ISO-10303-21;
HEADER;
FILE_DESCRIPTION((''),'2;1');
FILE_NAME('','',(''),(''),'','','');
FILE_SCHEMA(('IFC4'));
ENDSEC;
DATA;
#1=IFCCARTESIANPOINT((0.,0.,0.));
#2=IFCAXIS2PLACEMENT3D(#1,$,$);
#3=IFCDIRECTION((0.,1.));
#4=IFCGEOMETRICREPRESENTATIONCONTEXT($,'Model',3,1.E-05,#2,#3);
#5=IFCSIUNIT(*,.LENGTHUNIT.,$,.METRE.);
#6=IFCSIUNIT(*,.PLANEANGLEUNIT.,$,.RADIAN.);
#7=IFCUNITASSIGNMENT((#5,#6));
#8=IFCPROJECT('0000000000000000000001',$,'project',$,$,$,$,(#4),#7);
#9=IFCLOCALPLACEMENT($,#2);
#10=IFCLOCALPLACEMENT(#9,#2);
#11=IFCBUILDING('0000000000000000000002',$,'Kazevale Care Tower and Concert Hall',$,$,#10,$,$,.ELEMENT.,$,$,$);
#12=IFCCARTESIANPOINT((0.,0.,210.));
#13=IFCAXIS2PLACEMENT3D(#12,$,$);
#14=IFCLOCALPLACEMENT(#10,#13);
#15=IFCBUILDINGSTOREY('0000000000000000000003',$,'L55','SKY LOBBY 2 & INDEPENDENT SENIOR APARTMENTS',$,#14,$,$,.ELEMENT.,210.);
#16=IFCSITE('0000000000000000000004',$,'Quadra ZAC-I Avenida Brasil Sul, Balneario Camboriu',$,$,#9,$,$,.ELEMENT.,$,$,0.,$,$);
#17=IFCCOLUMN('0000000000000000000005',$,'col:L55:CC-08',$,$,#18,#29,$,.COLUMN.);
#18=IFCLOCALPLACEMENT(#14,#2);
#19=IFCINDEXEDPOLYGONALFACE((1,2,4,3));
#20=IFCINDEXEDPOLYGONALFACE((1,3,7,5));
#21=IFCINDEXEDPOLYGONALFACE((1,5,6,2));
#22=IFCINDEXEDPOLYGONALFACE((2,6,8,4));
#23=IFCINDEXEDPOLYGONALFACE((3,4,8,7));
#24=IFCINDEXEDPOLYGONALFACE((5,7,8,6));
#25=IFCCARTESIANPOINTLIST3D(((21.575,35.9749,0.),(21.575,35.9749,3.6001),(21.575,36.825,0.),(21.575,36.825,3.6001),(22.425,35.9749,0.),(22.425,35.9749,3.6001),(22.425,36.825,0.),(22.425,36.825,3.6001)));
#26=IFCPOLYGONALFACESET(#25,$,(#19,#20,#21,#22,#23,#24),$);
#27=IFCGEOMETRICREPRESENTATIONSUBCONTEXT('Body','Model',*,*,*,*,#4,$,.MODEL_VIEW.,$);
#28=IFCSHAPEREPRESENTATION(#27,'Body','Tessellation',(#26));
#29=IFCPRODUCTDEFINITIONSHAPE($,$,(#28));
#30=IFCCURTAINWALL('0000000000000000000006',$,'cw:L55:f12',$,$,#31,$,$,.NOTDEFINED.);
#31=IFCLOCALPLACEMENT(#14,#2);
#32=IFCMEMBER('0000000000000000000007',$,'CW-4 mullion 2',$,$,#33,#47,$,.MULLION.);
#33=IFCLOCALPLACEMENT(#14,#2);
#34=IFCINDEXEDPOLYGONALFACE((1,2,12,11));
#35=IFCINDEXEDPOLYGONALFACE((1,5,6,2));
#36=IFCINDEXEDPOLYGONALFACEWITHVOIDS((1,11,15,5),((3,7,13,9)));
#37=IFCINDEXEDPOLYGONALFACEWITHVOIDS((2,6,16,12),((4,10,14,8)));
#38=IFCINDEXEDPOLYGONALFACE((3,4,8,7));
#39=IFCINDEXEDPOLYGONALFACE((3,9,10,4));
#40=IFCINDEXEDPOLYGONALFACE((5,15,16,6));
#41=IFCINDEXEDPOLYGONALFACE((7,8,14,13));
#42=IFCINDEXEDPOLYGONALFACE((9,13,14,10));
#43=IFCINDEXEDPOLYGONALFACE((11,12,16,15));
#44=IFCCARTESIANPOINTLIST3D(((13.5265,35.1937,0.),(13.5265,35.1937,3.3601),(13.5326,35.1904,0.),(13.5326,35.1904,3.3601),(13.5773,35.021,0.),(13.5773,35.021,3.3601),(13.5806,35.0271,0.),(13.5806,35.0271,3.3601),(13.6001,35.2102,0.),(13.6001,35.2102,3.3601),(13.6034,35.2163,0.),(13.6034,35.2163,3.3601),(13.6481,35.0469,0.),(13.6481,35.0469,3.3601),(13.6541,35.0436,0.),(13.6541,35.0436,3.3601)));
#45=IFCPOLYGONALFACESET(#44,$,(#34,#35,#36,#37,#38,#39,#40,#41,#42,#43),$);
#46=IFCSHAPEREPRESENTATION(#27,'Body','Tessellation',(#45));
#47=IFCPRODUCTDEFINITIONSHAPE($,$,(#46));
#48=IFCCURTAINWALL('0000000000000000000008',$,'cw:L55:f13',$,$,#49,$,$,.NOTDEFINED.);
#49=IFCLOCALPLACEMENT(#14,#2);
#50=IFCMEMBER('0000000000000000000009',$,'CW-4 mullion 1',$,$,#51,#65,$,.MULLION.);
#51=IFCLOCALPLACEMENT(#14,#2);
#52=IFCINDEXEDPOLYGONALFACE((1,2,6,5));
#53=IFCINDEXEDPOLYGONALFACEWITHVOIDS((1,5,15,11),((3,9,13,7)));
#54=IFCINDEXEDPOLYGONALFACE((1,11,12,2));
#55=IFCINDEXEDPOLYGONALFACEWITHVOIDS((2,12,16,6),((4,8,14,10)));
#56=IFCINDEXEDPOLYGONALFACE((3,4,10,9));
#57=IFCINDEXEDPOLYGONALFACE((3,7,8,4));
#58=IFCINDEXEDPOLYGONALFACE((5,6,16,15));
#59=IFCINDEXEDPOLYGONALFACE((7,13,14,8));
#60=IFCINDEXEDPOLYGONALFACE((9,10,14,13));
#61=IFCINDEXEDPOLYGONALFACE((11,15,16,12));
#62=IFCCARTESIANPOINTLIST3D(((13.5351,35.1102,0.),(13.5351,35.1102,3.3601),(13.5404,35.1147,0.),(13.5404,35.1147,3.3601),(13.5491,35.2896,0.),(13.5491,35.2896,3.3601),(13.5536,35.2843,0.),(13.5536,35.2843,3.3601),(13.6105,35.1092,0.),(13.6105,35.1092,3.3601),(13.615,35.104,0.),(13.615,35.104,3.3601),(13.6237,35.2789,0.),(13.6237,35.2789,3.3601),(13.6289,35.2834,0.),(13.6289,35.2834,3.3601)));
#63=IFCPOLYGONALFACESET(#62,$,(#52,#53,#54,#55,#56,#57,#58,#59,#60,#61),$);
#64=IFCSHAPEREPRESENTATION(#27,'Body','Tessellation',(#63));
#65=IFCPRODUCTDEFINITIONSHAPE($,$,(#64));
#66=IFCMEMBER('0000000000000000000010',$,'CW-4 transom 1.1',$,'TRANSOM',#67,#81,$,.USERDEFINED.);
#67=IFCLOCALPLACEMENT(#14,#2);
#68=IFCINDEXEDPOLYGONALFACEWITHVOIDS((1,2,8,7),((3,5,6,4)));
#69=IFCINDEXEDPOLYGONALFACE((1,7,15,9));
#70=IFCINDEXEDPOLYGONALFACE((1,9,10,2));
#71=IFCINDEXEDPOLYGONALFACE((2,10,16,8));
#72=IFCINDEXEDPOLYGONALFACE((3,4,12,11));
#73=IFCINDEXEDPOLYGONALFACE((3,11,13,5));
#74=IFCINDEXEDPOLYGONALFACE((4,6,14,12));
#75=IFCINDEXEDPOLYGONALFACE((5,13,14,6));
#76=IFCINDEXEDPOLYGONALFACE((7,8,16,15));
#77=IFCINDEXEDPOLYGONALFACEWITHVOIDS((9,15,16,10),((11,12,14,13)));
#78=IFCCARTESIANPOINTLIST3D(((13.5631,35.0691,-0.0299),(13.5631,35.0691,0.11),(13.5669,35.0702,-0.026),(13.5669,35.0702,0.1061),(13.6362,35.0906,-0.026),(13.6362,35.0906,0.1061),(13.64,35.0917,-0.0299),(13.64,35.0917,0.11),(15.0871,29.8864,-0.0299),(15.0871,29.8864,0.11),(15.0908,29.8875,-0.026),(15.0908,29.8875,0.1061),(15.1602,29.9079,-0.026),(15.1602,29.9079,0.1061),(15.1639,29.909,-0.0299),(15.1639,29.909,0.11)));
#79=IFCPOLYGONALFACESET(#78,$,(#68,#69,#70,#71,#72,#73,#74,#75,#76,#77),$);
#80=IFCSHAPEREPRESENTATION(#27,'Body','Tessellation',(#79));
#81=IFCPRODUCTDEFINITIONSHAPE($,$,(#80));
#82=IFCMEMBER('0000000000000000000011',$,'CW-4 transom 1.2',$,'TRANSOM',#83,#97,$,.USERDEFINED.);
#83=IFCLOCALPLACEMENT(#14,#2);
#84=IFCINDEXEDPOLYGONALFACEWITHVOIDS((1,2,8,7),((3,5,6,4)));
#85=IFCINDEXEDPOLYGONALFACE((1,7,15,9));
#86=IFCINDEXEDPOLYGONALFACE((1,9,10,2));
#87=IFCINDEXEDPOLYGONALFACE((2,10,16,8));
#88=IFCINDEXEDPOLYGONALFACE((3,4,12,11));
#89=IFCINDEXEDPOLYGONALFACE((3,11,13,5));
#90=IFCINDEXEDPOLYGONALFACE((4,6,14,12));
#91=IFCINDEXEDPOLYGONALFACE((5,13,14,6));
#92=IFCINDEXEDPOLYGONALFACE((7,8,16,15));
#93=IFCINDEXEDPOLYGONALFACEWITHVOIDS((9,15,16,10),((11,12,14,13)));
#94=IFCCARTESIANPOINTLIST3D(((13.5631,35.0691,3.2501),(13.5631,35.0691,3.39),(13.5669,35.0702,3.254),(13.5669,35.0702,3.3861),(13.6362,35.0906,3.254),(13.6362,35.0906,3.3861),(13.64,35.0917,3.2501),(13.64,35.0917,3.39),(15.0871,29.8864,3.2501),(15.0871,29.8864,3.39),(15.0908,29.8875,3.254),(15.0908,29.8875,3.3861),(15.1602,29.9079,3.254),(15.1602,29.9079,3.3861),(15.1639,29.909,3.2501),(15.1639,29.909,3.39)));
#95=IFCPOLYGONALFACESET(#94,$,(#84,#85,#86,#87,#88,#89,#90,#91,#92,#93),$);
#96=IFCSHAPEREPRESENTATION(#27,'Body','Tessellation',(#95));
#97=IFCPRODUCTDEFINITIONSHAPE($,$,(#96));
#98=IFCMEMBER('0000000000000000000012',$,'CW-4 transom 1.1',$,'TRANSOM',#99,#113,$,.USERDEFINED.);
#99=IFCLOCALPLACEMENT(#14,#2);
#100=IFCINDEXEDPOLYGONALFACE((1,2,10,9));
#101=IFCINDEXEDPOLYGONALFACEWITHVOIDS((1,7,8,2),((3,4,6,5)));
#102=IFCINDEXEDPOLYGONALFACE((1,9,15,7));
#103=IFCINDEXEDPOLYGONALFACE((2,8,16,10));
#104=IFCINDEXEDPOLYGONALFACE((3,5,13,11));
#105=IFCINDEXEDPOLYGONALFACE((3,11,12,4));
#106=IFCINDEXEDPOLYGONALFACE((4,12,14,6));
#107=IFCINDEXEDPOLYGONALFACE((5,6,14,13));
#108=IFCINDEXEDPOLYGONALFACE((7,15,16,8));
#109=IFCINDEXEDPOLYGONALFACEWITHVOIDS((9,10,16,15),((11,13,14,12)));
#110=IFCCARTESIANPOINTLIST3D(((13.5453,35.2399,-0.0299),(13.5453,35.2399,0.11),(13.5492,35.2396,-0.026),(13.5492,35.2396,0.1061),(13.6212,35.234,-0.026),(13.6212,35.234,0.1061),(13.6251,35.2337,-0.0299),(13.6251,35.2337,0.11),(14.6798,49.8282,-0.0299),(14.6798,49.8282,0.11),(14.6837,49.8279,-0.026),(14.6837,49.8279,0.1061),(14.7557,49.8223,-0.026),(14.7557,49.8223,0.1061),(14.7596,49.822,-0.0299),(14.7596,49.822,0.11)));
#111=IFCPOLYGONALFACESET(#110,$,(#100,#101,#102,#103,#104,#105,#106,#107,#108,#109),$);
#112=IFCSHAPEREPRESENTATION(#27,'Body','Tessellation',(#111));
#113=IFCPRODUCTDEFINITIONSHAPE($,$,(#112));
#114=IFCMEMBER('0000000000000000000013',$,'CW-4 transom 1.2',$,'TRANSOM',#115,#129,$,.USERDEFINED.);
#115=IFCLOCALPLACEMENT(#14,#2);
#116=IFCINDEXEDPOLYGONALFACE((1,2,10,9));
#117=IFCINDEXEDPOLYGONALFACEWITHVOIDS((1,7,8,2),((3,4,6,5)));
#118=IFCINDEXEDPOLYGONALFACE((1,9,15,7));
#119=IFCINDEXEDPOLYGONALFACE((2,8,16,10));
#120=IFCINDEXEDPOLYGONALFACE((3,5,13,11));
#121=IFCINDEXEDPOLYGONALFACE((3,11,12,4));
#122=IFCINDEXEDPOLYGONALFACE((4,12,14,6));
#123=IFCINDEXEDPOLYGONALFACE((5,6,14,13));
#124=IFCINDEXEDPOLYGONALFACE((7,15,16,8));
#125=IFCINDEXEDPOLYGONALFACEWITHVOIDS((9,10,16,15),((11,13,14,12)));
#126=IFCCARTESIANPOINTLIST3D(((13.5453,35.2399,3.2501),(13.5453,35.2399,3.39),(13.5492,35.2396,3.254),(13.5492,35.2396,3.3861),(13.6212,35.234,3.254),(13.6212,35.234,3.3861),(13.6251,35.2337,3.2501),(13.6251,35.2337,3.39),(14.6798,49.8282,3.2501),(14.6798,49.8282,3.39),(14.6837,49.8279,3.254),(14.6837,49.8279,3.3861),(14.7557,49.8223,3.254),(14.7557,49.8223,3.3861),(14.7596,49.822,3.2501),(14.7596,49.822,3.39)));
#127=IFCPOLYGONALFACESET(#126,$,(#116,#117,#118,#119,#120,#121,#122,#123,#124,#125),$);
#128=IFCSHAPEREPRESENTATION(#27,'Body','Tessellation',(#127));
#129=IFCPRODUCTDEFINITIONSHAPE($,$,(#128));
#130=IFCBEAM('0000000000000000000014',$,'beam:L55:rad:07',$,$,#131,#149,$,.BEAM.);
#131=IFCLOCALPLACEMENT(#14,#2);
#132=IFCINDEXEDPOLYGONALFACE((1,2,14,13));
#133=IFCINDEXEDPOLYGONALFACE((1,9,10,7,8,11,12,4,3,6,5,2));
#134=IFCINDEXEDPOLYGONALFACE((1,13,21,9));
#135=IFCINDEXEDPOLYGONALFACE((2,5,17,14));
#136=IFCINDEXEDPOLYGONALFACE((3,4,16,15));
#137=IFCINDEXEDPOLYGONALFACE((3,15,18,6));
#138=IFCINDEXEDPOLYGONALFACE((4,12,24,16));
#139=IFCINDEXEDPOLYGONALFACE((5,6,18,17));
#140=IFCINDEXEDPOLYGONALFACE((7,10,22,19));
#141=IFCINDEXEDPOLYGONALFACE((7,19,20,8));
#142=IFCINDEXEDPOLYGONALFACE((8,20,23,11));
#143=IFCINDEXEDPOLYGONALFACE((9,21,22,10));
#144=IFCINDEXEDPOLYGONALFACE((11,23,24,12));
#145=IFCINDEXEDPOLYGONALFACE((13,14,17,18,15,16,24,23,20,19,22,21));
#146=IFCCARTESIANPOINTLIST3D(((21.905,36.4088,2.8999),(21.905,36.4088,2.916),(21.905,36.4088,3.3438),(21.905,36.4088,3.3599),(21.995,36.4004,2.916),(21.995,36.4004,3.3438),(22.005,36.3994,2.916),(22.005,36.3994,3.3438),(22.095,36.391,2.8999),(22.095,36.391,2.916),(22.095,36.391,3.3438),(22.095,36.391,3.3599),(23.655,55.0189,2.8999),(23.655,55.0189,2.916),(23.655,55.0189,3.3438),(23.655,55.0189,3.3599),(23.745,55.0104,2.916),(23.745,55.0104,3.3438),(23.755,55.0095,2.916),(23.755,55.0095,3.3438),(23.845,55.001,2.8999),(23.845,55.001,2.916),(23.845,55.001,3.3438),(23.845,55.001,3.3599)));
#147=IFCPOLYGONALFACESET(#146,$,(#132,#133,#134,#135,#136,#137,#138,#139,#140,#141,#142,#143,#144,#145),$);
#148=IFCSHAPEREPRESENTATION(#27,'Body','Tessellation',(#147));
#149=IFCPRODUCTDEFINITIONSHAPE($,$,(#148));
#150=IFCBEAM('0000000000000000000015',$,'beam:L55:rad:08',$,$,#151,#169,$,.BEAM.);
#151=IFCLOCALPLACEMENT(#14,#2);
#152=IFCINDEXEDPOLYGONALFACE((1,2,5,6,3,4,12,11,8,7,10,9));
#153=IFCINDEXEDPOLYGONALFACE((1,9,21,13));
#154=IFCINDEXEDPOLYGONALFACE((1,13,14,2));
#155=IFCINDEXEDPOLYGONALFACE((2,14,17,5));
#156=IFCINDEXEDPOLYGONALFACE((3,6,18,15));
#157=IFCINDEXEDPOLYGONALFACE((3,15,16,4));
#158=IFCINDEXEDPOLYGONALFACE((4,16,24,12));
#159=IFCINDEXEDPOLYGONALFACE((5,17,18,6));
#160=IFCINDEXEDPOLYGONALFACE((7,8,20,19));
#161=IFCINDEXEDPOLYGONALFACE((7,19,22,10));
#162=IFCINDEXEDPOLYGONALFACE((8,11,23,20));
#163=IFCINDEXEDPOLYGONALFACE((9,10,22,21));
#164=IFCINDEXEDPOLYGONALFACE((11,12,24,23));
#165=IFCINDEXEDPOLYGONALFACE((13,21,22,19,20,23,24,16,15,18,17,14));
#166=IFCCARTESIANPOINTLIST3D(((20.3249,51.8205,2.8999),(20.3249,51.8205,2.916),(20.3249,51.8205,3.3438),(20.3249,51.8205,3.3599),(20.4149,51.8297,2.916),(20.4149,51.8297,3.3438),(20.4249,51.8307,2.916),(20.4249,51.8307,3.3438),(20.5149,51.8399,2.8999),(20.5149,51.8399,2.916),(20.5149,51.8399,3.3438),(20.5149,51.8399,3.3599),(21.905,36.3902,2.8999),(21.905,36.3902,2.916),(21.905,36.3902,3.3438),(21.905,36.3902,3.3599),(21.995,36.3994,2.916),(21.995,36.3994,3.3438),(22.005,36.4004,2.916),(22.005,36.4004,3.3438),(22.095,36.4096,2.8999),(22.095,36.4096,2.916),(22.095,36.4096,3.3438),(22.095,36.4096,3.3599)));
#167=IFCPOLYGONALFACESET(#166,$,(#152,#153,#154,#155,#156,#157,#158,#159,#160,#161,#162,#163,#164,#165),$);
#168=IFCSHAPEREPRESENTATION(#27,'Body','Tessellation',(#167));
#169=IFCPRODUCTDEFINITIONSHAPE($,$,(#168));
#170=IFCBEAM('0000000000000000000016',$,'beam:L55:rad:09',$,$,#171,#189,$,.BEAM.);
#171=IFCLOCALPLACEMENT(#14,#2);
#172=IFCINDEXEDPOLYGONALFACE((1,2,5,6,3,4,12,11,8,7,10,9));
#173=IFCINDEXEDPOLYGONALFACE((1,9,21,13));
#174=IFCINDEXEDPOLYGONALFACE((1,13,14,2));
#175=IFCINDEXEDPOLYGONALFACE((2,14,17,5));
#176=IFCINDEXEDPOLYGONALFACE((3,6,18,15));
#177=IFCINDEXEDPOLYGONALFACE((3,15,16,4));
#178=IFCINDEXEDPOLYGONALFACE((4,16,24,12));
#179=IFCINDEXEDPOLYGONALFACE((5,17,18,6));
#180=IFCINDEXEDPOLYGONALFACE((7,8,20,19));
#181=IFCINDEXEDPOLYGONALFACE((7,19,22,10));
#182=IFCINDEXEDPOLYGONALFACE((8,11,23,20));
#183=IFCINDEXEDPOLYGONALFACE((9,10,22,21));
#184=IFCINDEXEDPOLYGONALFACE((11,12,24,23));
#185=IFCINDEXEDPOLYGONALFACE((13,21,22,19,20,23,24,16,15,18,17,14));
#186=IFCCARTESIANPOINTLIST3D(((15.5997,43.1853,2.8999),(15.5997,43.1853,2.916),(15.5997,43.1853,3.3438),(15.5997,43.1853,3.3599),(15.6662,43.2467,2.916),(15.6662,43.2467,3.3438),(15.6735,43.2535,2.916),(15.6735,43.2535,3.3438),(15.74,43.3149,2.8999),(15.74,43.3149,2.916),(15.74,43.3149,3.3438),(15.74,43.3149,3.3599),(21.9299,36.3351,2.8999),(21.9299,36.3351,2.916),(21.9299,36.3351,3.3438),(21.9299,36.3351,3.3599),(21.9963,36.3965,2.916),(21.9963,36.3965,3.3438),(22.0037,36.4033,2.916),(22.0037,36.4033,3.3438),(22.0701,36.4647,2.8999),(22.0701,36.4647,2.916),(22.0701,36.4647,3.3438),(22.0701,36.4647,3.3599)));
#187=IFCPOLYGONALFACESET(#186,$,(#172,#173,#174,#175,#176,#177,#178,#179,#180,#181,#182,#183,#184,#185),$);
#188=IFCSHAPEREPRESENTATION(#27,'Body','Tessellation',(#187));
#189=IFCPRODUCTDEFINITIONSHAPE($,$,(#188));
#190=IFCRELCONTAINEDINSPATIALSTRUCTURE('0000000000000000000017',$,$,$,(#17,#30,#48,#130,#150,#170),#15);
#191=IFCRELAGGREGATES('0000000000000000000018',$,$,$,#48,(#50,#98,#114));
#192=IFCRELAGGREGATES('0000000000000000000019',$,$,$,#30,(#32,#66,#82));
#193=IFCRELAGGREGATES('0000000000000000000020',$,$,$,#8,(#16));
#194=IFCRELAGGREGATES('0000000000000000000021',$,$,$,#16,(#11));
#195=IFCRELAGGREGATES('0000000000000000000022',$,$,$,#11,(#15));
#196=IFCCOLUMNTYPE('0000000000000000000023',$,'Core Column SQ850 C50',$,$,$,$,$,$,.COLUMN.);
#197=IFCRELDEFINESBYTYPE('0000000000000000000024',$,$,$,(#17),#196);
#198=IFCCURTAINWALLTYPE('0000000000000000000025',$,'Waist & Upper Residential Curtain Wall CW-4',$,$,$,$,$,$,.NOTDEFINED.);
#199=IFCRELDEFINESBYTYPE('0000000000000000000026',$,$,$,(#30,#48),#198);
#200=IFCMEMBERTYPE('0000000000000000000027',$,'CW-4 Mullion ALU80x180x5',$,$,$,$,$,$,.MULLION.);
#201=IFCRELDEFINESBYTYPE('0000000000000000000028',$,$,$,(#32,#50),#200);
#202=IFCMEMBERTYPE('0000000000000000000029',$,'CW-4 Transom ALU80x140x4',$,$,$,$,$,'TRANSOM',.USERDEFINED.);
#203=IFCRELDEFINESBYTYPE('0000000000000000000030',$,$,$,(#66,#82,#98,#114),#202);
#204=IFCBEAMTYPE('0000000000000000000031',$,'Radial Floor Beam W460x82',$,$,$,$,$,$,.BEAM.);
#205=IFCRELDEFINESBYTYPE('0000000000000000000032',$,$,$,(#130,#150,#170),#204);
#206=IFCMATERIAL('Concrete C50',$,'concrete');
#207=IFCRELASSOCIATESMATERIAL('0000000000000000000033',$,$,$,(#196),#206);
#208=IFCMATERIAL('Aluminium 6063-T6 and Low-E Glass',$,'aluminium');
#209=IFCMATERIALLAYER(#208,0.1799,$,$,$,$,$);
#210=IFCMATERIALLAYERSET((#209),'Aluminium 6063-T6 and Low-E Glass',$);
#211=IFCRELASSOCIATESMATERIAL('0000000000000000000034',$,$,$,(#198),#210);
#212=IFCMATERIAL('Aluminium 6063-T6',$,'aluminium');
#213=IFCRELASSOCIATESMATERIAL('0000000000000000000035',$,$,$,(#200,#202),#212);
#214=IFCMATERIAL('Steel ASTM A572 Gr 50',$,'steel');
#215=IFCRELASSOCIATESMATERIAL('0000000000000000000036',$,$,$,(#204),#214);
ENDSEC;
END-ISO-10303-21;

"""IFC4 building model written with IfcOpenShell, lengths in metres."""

from ifc_helpers import new_model, si_unit, direction, frame, origin, origin_2d, place, context, subcontext, project, spatial, rectangle, hollow_rectangle, i_section, extrude, material, layer, layer_set, material_profile, profile_set, type_object, element, aggregate, save


model = new_model("IFC4")

# Units and contexts
model_context = context("Model", 3, precision=1e-05, world=origin(), true_north=direction((0.0, 1.0)))
body_context = subcontext(model_context, "Body", "Model", "MODEL_VIEW")
ifc_project = project(units=[si_unit("LENGTHUNIT", "METRE"), si_unit("PLANEANGLEUNIT", "RADIAN")], contexts=[model_context])

# Site, building, storey
site_placement = place(None, origin())
site = spatial("IfcSite", under=ifc_project, at=site_placement, Name="Quadra ZAC-I Avenida Brasil Sul, Balneario Camboriu", CompositionType="ELEMENT", RefElevation=0.0)
building_placement = place(site_placement, origin())
building = spatial("IfcBuilding", under=site, at=building_placement, Name="Kazevale Care Tower and Concert Hall", CompositionType="ELEMENT")
storey_placement = place(building_placement, frame((0.0, 0.0, 210.0)))
storey = spatial("IfcBuildingStorey", under=building, at=storey_placement, Name="L55", Description="SKY LOBBY 2 & INDEPENDENT SENIOR APARTMENTS", CompositionType="ELEMENT", Elevation=210.0)

# Column
ifc_material_1 = material(Name="Concrete C50", Category="concrete")
ifc_material_profile_1 = material_profile(ifc_material_1, rectangle(XDim=0.8501, YDim=0.8501, at=origin_2d()), Name="RC-SQ850")
ifc_profile_set_1 = profile_set([ifc_material_profile_1], Name="Concrete C50")
column_type = type_object("IfcColumnType", Name="Core Column SQ850 C50", PredefinedType="COLUMN", material=ifc_profile_set_1)
column_placement = place(storey_placement, frame((22.0, 36.3999, 0.0), z_axis=(0.0, 0.0, 1.0), x_axis=(1.0, 0.0, 0.0)))
element("IfcColumn", 1, at=column_placement, inside=storey, type_object=column_type, Name="col:L55:CC-08", PredefinedType="COLUMN", context=body_context, shape_type="SweptSolid", body=[
    extrude(rectangle(XDim=0.8501, YDim=0.8501, at=origin_2d()), origin(), (0.0, 0.0, 1.0), 3.6001),
])

# Curtain walls, members
ifc_material_2 = material(Name="Aluminium 6063-T6 and Low-E Glass", Category="aluminium")
ifc_layer_1 = layer(ifc_material_2, 0.1799)
ifc_layer_set_1 = layer_set([ifc_layer_1], Name="Aluminium 6063-T6 and Low-E Glass")
curtain_wall_type = type_object("IfcCurtainWallType", Name="Waist & Upper Residential Curtain Wall CW-4", PredefinedType="NOTDEFINED", material=ifc_layer_set_1)
curtain_wall_1_placement = place(storey_placement, origin())
curtain_wall_1 = element("IfcCurtainWall", 2, at=curtain_wall_1_placement, inside=storey, type_object=curtain_wall_type, Name="cw:L55:f12", PredefinedType="NOTDEFINED")
ifc_material_3 = material(Name="Aluminium 6063-T6", Category="aluminium")
ifc_material_profile_2 = material_profile(ifc_material_3, hollow_rectangle(XDim=0.0801, YDim=0.1799, WallThickness=0.0049, at=origin_2d()), Name="ALU80x180x5")
ifc_profile_set_2 = profile_set([ifc_material_profile_2], Name="Aluminium 6063-T6")
member_type_1 = type_object("IfcMemberType", Name="CW-4 Mullion ALU80x180x5", PredefinedType="MULLION", material=ifc_profile_set_2)
member_1_placement = place(storey_placement, frame((13.5903, 35.1187, 0.0), z_axis=(0.0, 0.0, 1.0), x_axis=(-0.959386, -0.282098, 0.0)))
member_1 = element("IfcMember", 3, at=member_1_placement, type_object=member_type_1, Name="CW-4 mullion 2", PredefinedType="MULLION", context=body_context, shape_type="SweptSolid", body=[
    extrude(hollow_rectangle(XDim=0.0801, YDim=0.1799, WallThickness=0.0049, at=origin_2d()), origin(), (0.0, 0.0, 1.0), 3.3601),
])
curtain_wall_2_placement = place(storey_placement, origin())
curtain_wall_2 = element("IfcCurtainWall", 4, at=curtain_wall_2_placement, inside=storey, type_object=curtain_wall_type, Name="cw:L55:f13", PredefinedType="NOTDEFINED")
member_2_placement = place(storey_placement, frame((13.582, 35.1968, 0.0), z_axis=(0.0, 0.0, 1.0), x_axis=(-0.996989, 0.077539, 0.0)))
member_2 = element("IfcMember", 5, at=member_2_placement, type_object=member_type_1, Name="CW-4 mullion 1", PredefinedType="MULLION", context=body_context, shape_type="SweptSolid", body=[
    extrude(hollow_rectangle(XDim=0.0801, YDim=0.1799, WallThickness=0.0049, at=origin_2d()), origin(), (0.0, 0.0, 1.0), 3.3601),
])

# Members
ifc_material_profile_3 = material_profile(ifc_material_3, hollow_rectangle(XDim=0.0801, YDim=0.1399, WallThickness=0.0039, at=origin_2d()), Name="ALU80x140x4")
ifc_profile_set_3 = profile_set([ifc_material_profile_3], Name="Aluminium 6063-T6")
member_type_2 = type_object("IfcMemberType", Name="CW-4 Transom ALU80x140x4", ElementType="TRANSOM", PredefinedType="USERDEFINED", material=ifc_profile_set_3)
member_3_placement = place(storey_placement, frame((15.1255, 29.8977, 0.04), z_axis=(-0.282103, 0.959384, 0.0), x_axis=(-0.959384, -0.282103, 0.0)))
member_3 = element("IfcMember", 6, at=member_3_placement, type_object=member_type_2, Name="CW-4 transom 1.1", ObjectType="TRANSOM", PredefinedType="USERDEFINED", context=body_context, shape_type="SweptSolid", body=[
    extrude(hollow_rectangle(XDim=0.0801, YDim=0.1399, WallThickness=0.0039, at=origin_2d()), origin(), (0.0, 0.0, 1.0), 5.4021),
])
member_4_placement = place(storey_placement, frame((15.1255, 29.8977, 3.3201), z_axis=(-0.282103, 0.959384, 0.0), x_axis=(-0.959384, -0.282103, 0.0)))
member_4 = element("IfcMember", 7, at=member_4_placement, type_object=member_type_2, Name="CW-4 transom 1.2", ObjectType="TRANSOM", PredefinedType="USERDEFINED", context=body_context, shape_type="SweptSolid", body=[
    extrude(hollow_rectangle(XDim=0.0801, YDim=0.1399, WallThickness=0.0039, at=origin_2d()), origin(), (0.0, 0.0, 1.0), 5.4021),
])
member_5_placement = place(storey_placement, frame((13.5852, 35.2368, 0.04), z_axis=(0.077535, 0.99699, 0.0), x_axis=(-0.99699, 0.077535, 0.0)))
member_5 = element("IfcMember", 8, at=member_5_placement, type_object=member_type_2, Name="CW-4 transom 1.1", ObjectType="TRANSOM", PredefinedType="USERDEFINED", context=body_context, shape_type="SweptSolid", body=[
    extrude(hollow_rectangle(XDim=0.0801, YDim=0.1399, WallThickness=0.0039, at=origin_2d()), origin(), (0.0, 0.0, 1.0), 14.6323),
])
member_6_placement = place(storey_placement, frame((13.5852, 35.2368, 3.3201), z_axis=(0.077535, 0.99699, 0.0), x_axis=(-0.99699, 0.077535, 0.0)))
member_6 = element("IfcMember", 9, at=member_6_placement, type_object=member_type_2, Name="CW-4 transom 1.2", ObjectType="TRANSOM", PredefinedType="USERDEFINED", context=body_context, shape_type="SweptSolid", body=[
    extrude(hollow_rectangle(XDim=0.0801, YDim=0.1399, WallThickness=0.0039, at=origin_2d()), origin(), (0.0, 0.0, 1.0), 14.6323),
])
aggregate(curtain_wall_2, [member_2, member_5, member_6])

# Beams
ifc_material_4 = material(Name="Steel ASTM A572 Gr 50", Category="steel")
ifc_material_profile_4 = material_profile(ifc_material_4, i_section(OverallWidth=0.1909, OverallDepth=0.46, WebThickness=0.01, FlangeThickness=0.0161, at=origin_2d()), Name="W460x82")
ifc_profile_set_4 = profile_set([ifc_material_profile_4], Name="Steel ASTM A572 Gr 50")
beam_type = type_object("IfcBeamType", Name="Radial Floor Beam W460x82", PredefinedType="BEAM", material=ifc_profile_set_4)
beam_1_placement = place(storey_placement, frame((22.0, 36.3999, 3.1299), z_axis=(0.093622, 0.995608, 0.0), x_axis=(-0.995608, 0.093622, 0.0)))
element("IfcBeam", 10, at=beam_1_placement, inside=storey, type_object=beam_type, Name="beam:L55:rad:07", PredefinedType="BEAM", context=body_context, shape_type="SweptSolid", body=[
    extrude(i_section(OverallWidth=0.1909, OverallDepth=0.46, WebThickness=0.01, FlangeThickness=0.0161, at=origin_2d()), origin(), (0.0, 0.0, 1.0), 18.6921),
])
beam_2_placement = place(storey_placement, frame((22.0, 36.3999, 3.1299), z_axis=(-0.101869, 0.994798, 0.0), x_axis=(-0.994798, -0.101869, 0.0)))
element("IfcBeam", 11, at=beam_2_placement, inside=storey, type_object=beam_type, Name="beam:L55:rad:08", PredefinedType="BEAM", context=body_context, shape_type="SweptSolid", body=[
    extrude(i_section(OverallWidth=0.1909, OverallDepth=0.46, WebThickness=0.01, FlangeThickness=0.0161, at=origin_2d()), origin(), (0.0, 0.0, 1.0), 15.511),
])
beam_3_placement = place(storey_placement, frame((22.0, 36.3999, 3.1299), z_axis=(-0.67868, 0.734434, 0.0), x_axis=(-0.734434, -0.67868, 0.0)))
element("IfcBeam", 12, at=beam_3_placement, inside=storey, type_object=beam_type, Name="beam:L55:rad:09", PredefinedType="BEAM", context=body_context, shape_type="SweptSolid", body=[
    extrude(i_section(OverallWidth=0.1909, OverallDepth=0.46, WebThickness=0.01, FlangeThickness=0.0161, at=origin_2d()), origin(), (0.0, 0.0, 1.0), 9.3271),
])

aggregate(curtain_wall_1, [member_1, member_3, member_4])

save(model, "model.ifc")
